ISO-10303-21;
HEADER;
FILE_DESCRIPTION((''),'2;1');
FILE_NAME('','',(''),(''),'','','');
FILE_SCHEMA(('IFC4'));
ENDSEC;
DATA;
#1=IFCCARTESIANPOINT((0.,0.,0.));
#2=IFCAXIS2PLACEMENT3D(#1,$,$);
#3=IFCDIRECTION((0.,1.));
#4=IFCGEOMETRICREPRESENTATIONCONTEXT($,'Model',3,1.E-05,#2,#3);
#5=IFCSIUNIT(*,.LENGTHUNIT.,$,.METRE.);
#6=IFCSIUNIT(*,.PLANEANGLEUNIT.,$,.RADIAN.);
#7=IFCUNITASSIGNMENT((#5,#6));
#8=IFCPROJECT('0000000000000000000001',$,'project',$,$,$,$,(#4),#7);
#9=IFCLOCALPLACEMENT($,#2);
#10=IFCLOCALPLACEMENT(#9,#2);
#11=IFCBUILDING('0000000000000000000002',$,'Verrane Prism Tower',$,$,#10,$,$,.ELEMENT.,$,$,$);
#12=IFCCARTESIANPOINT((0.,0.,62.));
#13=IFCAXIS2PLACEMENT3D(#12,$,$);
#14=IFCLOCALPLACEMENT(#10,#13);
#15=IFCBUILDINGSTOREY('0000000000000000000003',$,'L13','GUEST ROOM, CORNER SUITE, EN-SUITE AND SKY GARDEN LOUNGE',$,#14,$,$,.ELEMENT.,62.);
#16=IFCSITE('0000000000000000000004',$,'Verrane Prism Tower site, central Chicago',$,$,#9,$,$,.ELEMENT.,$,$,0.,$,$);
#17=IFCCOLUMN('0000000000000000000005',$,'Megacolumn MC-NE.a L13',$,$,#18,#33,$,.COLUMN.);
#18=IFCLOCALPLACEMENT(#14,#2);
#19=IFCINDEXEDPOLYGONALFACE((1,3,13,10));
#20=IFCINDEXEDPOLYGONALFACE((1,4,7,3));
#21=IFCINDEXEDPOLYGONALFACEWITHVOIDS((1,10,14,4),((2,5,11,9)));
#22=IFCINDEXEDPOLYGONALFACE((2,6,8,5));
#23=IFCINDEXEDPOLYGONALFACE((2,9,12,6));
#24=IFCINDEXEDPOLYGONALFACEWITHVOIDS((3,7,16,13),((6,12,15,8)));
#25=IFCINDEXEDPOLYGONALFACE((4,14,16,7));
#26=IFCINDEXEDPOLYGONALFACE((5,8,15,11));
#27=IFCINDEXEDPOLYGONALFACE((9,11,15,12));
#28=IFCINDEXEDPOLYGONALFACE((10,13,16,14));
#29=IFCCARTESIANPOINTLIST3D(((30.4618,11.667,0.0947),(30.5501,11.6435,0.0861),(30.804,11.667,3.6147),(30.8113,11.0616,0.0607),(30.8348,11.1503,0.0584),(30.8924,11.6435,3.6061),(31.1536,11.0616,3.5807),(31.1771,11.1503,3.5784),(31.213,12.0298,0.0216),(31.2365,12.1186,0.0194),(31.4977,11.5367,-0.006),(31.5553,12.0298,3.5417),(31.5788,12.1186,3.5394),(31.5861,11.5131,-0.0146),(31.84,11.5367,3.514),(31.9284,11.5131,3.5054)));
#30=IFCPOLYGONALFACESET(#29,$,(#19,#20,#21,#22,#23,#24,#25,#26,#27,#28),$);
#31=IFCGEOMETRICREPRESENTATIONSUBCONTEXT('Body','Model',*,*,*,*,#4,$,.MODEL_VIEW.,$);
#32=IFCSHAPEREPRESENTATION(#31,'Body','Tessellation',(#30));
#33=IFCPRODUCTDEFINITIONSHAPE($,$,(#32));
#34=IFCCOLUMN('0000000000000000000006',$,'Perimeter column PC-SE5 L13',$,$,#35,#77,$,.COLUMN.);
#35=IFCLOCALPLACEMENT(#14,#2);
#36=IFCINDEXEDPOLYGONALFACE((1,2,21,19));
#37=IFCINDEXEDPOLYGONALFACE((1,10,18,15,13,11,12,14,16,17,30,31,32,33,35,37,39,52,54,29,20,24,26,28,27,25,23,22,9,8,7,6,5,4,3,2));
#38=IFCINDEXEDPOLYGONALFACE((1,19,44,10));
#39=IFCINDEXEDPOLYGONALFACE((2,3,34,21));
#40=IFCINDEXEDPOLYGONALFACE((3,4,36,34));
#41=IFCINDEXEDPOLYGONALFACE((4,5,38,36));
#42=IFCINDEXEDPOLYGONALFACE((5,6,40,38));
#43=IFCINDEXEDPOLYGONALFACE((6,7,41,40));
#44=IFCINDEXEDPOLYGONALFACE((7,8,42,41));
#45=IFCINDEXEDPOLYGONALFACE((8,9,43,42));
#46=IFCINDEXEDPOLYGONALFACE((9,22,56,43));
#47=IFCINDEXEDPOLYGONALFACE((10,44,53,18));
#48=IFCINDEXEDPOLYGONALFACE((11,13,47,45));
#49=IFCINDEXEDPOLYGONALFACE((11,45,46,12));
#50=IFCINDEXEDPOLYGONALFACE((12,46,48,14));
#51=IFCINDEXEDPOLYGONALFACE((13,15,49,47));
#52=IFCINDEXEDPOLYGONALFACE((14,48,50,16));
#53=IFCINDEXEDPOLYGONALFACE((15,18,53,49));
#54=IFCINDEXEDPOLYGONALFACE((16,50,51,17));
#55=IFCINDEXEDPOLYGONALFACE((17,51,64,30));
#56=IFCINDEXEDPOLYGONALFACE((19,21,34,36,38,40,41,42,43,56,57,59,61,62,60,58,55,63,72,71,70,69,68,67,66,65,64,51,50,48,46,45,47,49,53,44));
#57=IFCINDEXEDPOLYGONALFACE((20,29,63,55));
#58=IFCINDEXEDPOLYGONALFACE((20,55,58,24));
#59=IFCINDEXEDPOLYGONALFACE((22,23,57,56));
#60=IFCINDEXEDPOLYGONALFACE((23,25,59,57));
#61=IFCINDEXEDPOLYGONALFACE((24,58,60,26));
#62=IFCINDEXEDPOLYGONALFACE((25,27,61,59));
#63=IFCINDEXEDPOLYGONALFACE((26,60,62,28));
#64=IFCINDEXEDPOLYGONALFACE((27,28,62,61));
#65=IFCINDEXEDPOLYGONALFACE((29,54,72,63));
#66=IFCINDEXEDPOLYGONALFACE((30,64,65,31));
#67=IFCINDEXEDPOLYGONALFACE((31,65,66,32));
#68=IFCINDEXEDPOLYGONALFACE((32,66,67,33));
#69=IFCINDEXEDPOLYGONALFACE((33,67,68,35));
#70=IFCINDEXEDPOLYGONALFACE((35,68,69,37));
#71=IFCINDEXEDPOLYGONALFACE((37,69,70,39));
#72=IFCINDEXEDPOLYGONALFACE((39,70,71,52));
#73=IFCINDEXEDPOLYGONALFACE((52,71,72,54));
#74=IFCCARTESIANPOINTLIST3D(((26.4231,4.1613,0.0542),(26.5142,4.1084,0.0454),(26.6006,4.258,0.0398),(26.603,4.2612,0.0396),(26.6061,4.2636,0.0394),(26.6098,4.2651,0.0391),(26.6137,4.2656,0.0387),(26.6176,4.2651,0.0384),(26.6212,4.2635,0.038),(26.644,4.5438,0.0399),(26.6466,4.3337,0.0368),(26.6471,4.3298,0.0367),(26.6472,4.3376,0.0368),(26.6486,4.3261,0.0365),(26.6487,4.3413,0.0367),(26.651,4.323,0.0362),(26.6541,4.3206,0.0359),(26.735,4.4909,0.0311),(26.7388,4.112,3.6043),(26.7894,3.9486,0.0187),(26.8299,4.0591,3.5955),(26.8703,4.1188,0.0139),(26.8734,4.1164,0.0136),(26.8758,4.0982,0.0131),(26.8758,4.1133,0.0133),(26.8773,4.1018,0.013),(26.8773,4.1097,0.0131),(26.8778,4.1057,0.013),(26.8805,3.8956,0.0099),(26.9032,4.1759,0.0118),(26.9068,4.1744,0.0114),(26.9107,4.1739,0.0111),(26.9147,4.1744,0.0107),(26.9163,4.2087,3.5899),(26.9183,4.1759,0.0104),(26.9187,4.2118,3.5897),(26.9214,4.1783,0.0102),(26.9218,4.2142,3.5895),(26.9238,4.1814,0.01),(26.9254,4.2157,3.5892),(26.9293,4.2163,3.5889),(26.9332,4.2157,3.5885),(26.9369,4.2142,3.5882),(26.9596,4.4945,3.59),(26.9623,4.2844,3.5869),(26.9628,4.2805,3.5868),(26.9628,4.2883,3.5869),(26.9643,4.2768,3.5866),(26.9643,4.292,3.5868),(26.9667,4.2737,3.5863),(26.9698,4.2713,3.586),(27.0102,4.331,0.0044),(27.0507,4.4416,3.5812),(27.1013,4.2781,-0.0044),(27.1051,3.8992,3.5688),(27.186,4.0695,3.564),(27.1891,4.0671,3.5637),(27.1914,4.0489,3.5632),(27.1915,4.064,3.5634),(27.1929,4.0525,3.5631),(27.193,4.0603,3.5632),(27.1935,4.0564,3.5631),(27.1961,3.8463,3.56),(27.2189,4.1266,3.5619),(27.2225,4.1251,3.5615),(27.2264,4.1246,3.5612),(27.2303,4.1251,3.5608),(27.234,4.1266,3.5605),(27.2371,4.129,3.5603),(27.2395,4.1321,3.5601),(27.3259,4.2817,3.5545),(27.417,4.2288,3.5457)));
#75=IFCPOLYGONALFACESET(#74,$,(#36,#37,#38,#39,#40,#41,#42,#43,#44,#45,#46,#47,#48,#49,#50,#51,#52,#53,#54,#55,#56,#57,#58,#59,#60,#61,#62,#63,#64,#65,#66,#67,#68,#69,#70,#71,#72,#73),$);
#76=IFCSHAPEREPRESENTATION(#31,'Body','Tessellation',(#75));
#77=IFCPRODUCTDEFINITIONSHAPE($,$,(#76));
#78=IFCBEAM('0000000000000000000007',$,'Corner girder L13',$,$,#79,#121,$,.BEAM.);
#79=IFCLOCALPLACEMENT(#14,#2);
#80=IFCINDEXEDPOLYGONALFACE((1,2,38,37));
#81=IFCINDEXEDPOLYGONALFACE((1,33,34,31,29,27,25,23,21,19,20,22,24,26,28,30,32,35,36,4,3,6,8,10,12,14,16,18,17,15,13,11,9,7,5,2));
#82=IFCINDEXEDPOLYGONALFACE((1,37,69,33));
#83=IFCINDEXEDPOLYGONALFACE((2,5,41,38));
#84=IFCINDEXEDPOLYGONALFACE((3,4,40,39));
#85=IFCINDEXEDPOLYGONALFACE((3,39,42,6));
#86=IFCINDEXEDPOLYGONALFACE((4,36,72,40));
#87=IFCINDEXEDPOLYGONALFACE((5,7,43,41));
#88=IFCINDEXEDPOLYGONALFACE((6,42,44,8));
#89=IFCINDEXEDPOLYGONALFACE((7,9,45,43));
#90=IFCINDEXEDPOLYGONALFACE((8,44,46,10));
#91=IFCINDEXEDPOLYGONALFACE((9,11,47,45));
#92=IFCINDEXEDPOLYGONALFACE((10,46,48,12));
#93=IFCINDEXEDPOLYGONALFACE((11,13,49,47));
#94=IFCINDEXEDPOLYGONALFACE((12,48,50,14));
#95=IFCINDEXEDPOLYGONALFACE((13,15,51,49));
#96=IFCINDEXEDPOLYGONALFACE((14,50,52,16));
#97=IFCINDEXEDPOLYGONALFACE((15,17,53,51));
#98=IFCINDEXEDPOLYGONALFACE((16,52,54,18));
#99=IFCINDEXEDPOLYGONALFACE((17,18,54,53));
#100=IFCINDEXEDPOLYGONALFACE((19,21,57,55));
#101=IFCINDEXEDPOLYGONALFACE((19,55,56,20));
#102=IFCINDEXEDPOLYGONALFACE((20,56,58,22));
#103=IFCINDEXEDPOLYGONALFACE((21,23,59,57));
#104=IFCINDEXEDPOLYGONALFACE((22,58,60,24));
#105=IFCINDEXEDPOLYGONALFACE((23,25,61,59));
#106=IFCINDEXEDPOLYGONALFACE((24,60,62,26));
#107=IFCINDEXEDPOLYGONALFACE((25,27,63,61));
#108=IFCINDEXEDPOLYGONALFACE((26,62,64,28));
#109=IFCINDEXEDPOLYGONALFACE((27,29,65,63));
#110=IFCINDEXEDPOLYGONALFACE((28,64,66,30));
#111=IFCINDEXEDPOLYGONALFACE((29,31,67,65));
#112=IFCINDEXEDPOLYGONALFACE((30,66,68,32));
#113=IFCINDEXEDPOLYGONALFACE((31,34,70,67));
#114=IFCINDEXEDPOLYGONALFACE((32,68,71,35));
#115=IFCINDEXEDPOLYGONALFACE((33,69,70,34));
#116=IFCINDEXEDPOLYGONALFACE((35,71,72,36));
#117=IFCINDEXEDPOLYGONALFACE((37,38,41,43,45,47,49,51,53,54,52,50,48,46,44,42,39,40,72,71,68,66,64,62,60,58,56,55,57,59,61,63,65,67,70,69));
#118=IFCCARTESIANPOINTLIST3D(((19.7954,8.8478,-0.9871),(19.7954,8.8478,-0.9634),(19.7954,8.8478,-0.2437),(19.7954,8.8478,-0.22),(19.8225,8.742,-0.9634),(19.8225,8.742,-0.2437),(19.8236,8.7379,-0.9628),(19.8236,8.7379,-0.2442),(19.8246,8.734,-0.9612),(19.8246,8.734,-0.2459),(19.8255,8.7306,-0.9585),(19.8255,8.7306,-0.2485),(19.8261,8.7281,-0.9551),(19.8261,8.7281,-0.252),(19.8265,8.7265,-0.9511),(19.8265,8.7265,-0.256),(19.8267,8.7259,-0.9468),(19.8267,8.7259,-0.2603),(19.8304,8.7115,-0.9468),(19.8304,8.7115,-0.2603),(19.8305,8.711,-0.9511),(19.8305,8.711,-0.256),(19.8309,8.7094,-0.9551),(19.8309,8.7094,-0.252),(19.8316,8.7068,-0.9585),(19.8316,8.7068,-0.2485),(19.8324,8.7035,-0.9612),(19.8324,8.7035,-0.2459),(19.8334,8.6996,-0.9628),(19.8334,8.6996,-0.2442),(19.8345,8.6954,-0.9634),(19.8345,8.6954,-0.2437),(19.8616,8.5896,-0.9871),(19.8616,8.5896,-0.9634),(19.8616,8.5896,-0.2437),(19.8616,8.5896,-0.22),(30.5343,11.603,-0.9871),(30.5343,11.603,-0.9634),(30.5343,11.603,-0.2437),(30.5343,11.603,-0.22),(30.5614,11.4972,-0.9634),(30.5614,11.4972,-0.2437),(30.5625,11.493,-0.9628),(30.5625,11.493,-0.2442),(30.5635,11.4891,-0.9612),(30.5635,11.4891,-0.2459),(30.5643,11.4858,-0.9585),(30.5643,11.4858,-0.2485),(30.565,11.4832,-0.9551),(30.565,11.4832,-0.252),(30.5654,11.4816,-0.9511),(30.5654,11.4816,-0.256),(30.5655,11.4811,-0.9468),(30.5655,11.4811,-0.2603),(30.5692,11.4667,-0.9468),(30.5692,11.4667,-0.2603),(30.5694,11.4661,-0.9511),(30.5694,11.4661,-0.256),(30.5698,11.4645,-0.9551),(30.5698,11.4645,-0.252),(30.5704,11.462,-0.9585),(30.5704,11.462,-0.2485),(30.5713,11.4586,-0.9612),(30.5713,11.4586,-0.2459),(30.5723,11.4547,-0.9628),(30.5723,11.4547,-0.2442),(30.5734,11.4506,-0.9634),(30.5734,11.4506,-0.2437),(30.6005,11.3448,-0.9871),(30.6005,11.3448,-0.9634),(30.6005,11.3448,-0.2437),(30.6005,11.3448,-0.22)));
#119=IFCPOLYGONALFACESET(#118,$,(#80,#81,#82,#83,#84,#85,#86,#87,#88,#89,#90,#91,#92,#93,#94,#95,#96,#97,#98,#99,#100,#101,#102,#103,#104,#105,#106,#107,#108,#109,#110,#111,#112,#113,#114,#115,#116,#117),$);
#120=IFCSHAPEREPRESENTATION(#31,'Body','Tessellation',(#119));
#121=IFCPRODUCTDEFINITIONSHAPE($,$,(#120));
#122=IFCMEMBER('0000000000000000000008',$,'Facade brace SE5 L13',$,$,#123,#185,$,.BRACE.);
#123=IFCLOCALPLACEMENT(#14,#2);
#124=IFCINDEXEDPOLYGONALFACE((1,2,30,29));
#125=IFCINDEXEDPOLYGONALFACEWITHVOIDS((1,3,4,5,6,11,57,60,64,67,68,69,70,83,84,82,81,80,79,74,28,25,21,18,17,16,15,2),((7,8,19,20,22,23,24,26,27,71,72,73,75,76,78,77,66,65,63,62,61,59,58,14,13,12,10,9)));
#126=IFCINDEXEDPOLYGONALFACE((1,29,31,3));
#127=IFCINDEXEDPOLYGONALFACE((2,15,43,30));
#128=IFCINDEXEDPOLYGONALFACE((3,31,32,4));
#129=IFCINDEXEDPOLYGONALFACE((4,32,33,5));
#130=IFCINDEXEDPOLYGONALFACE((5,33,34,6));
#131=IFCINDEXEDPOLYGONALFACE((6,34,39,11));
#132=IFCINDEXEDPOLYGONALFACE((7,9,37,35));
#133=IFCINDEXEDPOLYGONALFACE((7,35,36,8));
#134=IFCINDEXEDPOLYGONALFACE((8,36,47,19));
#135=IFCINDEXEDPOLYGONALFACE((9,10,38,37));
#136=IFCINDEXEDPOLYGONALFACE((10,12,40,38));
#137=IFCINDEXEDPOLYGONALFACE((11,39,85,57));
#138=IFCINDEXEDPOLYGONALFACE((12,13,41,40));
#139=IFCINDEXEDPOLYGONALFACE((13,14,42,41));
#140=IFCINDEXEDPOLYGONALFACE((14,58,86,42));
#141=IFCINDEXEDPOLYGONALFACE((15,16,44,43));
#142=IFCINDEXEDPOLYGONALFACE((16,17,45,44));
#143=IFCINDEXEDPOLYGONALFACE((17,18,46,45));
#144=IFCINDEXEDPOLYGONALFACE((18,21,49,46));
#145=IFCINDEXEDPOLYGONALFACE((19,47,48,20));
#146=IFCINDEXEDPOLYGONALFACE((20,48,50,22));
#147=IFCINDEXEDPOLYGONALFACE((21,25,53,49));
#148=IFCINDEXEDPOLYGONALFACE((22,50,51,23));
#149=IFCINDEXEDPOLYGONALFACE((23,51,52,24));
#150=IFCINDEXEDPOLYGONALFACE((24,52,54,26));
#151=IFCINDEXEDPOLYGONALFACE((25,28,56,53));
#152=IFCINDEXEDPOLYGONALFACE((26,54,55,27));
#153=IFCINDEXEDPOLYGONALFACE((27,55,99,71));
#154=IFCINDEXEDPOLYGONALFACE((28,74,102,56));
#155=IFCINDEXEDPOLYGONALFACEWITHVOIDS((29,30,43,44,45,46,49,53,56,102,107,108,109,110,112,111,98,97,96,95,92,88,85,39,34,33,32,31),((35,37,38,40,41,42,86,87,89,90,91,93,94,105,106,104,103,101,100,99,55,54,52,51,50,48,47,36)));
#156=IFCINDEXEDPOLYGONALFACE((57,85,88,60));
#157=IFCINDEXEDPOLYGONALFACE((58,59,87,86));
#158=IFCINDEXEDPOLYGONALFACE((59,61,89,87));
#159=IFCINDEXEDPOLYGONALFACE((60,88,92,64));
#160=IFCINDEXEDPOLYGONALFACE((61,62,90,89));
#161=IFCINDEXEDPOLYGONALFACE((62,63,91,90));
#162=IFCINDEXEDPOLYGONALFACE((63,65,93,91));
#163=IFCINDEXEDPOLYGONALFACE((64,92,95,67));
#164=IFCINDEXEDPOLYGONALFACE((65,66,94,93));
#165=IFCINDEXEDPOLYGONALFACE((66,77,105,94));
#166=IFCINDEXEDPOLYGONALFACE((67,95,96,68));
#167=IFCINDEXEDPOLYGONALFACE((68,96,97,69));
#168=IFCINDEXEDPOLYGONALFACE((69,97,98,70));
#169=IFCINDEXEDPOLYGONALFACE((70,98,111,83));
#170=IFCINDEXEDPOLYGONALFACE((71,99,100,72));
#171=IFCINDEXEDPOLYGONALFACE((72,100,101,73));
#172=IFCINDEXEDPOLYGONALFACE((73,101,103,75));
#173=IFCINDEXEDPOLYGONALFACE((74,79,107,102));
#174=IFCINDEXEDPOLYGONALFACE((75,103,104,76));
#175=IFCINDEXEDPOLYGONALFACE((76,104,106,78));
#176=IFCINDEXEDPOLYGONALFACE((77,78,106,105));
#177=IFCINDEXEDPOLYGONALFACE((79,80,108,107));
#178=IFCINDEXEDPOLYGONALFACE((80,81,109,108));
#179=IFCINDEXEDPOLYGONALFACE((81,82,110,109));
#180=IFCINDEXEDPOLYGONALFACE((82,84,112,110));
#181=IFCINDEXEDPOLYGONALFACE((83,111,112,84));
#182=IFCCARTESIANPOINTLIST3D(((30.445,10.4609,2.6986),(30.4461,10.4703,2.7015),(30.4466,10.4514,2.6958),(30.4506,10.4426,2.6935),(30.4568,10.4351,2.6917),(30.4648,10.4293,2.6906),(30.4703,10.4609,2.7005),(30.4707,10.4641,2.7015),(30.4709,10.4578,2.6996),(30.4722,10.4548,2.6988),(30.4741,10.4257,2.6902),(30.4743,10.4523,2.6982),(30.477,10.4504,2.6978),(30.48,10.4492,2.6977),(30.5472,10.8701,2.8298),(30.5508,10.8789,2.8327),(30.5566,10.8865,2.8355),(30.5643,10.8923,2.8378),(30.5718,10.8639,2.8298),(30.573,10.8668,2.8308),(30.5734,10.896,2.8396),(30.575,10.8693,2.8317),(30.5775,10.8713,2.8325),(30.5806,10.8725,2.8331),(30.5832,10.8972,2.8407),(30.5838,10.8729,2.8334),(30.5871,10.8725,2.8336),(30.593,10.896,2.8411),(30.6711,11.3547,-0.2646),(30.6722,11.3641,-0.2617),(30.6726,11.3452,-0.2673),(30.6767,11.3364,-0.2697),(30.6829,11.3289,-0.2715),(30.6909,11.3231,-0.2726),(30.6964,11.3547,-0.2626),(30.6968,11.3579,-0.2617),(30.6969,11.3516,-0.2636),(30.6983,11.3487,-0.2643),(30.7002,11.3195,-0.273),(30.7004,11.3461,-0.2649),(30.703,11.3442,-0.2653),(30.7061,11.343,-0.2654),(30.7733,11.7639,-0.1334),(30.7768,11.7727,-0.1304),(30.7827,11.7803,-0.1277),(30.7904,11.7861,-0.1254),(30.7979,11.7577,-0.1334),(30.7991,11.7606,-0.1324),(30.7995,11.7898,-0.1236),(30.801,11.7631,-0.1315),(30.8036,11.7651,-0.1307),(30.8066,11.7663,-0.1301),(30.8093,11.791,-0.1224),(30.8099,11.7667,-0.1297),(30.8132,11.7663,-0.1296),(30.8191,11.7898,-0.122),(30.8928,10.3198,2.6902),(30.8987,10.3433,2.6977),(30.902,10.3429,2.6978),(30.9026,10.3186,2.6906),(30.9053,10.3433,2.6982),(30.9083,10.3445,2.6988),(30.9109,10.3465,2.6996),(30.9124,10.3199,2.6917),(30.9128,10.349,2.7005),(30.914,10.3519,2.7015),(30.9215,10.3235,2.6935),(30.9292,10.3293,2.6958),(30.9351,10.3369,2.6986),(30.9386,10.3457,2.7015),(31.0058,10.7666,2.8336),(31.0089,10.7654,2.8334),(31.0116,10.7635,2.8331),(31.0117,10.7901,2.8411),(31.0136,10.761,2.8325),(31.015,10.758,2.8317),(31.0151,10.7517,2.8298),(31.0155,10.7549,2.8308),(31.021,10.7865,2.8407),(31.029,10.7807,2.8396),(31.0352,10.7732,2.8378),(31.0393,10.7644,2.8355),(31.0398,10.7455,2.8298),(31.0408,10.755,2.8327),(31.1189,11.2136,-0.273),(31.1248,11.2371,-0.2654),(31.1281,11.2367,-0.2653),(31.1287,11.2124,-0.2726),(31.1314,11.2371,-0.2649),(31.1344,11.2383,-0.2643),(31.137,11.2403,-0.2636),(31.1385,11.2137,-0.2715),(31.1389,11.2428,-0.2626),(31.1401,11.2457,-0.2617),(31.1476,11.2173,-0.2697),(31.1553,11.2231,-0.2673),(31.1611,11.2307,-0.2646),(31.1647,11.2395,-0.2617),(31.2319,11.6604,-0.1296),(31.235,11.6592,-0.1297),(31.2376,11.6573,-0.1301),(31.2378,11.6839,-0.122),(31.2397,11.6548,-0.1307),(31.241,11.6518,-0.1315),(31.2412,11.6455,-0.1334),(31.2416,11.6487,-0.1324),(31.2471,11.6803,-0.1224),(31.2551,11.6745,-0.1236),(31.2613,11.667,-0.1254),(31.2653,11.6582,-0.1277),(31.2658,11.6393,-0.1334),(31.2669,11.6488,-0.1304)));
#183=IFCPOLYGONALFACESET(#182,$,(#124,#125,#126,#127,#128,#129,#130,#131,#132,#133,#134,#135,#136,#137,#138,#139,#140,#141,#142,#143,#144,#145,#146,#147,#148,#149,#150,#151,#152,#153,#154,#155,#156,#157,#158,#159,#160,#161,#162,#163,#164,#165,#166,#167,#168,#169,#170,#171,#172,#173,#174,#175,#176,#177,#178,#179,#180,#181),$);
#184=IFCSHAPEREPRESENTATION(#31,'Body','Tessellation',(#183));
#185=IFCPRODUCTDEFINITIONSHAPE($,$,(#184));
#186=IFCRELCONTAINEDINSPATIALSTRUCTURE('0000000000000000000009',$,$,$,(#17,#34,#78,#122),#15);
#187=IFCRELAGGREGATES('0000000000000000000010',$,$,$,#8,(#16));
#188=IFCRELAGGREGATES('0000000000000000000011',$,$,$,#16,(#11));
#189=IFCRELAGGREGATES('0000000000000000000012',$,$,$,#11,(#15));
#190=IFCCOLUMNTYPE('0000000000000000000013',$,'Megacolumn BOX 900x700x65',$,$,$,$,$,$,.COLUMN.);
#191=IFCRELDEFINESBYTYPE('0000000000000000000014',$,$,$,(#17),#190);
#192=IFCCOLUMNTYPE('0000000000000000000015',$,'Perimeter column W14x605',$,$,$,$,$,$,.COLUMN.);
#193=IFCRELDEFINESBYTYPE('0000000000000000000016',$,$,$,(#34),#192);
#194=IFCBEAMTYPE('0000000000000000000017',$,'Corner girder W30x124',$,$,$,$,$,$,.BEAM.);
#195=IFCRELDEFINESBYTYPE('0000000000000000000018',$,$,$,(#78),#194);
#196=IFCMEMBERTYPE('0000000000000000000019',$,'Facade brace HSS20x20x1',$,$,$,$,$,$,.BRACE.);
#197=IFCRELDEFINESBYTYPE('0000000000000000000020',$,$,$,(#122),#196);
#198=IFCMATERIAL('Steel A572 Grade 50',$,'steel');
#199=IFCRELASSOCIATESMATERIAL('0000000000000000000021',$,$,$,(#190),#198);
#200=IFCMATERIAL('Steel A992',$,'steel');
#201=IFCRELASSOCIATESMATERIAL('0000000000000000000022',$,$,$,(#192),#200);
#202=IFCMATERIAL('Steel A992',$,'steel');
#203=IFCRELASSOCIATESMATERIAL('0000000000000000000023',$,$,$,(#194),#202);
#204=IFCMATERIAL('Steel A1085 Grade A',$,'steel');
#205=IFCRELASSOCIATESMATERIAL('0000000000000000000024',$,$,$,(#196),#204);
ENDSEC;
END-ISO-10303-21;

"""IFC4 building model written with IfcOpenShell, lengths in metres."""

from ifc_helpers import new_model, si_unit, direction, frame, origin, origin_2d, place, context, subcontext, project, spatial, hollow_rectangle, i_section, extrude, material, material_profile, profile_set, type_object, element, save


model = new_model("IFC4")

# Units and contexts
model_context = context("Model", 3, precision=1e-05, world=origin(), true_north=direction((0.0, 1.0)))
body_context = subcontext(model_context, "Body", "Model", "MODEL_VIEW")
ifc_project = project(units=[si_unit("LENGTHUNIT", "METRE"), si_unit("PLANEANGLEUNIT", "RADIAN")], contexts=[model_context])

# Site, building, storey
site_placement = place(None, origin())
site = spatial("IfcSite", under=ifc_project, at=site_placement, Name="Verrane Prism Tower site, central Chicago", CompositionType="ELEMENT", RefElevation=0.0)
building_placement = place(site_placement, origin())
building = spatial("IfcBuilding", under=site, at=building_placement, Name="Verrane Prism Tower", CompositionType="ELEMENT")
storey_placement = place(building_placement, frame((0.0, 0.0, 62.0)))
storey = spatial("IfcBuildingStorey", under=building, at=storey_placement, Name="L13", Description="GUEST ROOM, CORNER SUITE, EN-SUITE AND SKY GARDEN LOUNGE", CompositionType="ELEMENT", Elevation=62.0)

# Columns
ifc_material_1 = material(Name="Steel A572 Grade 50", Category="steel")
ifc_material_profile_1 = material_profile(ifc_material_1, hollow_rectangle(XDim=0.7, YDim=0.8999, WallThickness=0.0649, at=origin_2d()), Name="BOX 900x700x65")
ifc_profile_set_1 = profile_set([ifc_material_profile_1], Name="Steel A572 Grade 50")
column_type_1 = type_object("IfcColumnType", Name="Megacolumn BOX 900x700x65", PredefinedType="COLUMN", material=ifc_profile_set_1)
column_1_placement = place(storey_placement, frame((31.0239, 11.5901, 0.04), z_axis=(0.096783, 0.0, 0.995305), x_axis=(0.499409, -0.865004, -0.048562)))
element("IfcColumn", 1, at=column_1_placement, inside=storey, type_object=column_type_1, Name="Megacolumn MC-NE.a L13", PredefinedType="COLUMN", context=body_context, shape_type="SweptSolid", body=[
    extrude(hollow_rectangle(XDim=0.7, YDim=0.8999, WallThickness=0.0649, at=origin_2d()), origin(), (0.0, 0.0, 1.0), 3.5366),
])
ifc_material_2 = material(Name="Steel A992", Category="steel")
ifc_material_profile_2 = material_profile(ifc_material_2, i_section(OverallWidth=0.4419, OverallDepth=0.5308, WebThickness=0.0659, FlangeThickness=0.1057, FilletRadius=0.0151, at=origin_2d()), Name="W14x605")
ifc_profile_set_2 = profile_set([ifc_material_profile_2], Name="Steel A992")
column_type_2 = type_object("IfcColumnType", Name="Perimeter column W14x605", PredefinedType="COLUMN", material=ifc_profile_set_2)
column_2_placement = place(storey_placement, frame((26.7622, 4.2197, 0.0249), z_axis=(0.088563, -0.013836, 0.995974), x_axis=(-0.499716, -0.865583, 0.032411)))
element("IfcColumn", 2, at=column_2_placement, inside=storey, type_object=column_type_2, Name="Perimeter column PC-SE5 L13", PredefinedType="COLUMN", context=body_context, shape_type="SweptSolid", body=[
    extrude(i_section(OverallWidth=0.4419, OverallDepth=0.5308, WebThickness=0.0659, FlangeThickness=0.1057, FilletRadius=0.0151, at=origin_2d()), origin(), (0.0, 0.0, 1.0), 3.5645),
])

# Beam
ifc_material_3 = material(Name="Steel A992", Category="steel")
ifc_material_profile_3 = material_profile(ifc_material_3, i_section(OverallWidth=0.2666, OverallDepth=0.7671, WebThickness=0.0149, FlangeThickness=0.0237, FilletRadius=0.0166, at=origin_2d()), Name="W30x124")
ifc_profile_set_3 = profile_set([ifc_material_profile_3], Name="Steel A992")
beam_type_1 = type_object("IfcBeamType", Name="Corner girder W30x124", PredefinedType="BEAM", material=ifc_profile_set_3)
beam_1_placement = place(storey_placement, frame((30.5674, 11.4739, -0.6035), z_axis=(-0.968629, -0.24851, 0.0), x_axis=(0.24851, -0.968629, 0.0)))
element("IfcBeam", 3, at=beam_1_placement, inside=storey, type_object=beam_type_1, Name="Corner girder L13", PredefinedType="BEAM", context=body_context, shape_type="SweptSolid", body=[
    extrude(i_section(OverallWidth=0.2666, OverallDepth=0.7671, WebThickness=0.0149, FlangeThickness=0.0237, FilletRadius=0.0166, at=origin_2d()), origin(), (0.0, 0.0, 1.0), 11.0867),
])

# Member
ifc_material_4 = material(Name="Steel A1085 Grade A", Category="steel")
ifc_material_profile_4 = material_profile(ifc_material_4, hollow_rectangle(XDim=0.5081, YDim=0.5081, WallThickness=0.0254, InnerFilletRadius=0.0127, OuterFilletRadius=0.0381, at=origin_2d()), Name="HSS20x20x1")
ifc_profile_set_4 = profile_set([ifc_material_profile_4], Name="Steel A1085 Grade A")
member_type_1 = type_object("IfcMemberType", Name="Facade brace HSS20x20x1", PredefinedType="BRACE", material=ifc_profile_set_4)
member_1_placement = place(storey_placement, frame((30.969, 11.5017, -0.1975), z_axis=(-0.072851, -0.28802, 0.954849), x_axis=(0.969469, -0.245214, 0.0)))
element("IfcMember", 4, at=member_1_placement, inside=storey, type_object=member_type_1, Name="Facade brace SE5 L13", PredefinedType="BRACE", context=body_context, shape_type="SweptSolid", body=[
    extrude(hollow_rectangle(XDim=0.5081, YDim=0.5081, WallThickness=0.0254, InnerFilletRadius=0.0127, OuterFilletRadius=0.0381, at=origin_2d()), origin(), (0.0, 0.0, 1.0), 3.1033),
])

save(model, "model.ifc")
